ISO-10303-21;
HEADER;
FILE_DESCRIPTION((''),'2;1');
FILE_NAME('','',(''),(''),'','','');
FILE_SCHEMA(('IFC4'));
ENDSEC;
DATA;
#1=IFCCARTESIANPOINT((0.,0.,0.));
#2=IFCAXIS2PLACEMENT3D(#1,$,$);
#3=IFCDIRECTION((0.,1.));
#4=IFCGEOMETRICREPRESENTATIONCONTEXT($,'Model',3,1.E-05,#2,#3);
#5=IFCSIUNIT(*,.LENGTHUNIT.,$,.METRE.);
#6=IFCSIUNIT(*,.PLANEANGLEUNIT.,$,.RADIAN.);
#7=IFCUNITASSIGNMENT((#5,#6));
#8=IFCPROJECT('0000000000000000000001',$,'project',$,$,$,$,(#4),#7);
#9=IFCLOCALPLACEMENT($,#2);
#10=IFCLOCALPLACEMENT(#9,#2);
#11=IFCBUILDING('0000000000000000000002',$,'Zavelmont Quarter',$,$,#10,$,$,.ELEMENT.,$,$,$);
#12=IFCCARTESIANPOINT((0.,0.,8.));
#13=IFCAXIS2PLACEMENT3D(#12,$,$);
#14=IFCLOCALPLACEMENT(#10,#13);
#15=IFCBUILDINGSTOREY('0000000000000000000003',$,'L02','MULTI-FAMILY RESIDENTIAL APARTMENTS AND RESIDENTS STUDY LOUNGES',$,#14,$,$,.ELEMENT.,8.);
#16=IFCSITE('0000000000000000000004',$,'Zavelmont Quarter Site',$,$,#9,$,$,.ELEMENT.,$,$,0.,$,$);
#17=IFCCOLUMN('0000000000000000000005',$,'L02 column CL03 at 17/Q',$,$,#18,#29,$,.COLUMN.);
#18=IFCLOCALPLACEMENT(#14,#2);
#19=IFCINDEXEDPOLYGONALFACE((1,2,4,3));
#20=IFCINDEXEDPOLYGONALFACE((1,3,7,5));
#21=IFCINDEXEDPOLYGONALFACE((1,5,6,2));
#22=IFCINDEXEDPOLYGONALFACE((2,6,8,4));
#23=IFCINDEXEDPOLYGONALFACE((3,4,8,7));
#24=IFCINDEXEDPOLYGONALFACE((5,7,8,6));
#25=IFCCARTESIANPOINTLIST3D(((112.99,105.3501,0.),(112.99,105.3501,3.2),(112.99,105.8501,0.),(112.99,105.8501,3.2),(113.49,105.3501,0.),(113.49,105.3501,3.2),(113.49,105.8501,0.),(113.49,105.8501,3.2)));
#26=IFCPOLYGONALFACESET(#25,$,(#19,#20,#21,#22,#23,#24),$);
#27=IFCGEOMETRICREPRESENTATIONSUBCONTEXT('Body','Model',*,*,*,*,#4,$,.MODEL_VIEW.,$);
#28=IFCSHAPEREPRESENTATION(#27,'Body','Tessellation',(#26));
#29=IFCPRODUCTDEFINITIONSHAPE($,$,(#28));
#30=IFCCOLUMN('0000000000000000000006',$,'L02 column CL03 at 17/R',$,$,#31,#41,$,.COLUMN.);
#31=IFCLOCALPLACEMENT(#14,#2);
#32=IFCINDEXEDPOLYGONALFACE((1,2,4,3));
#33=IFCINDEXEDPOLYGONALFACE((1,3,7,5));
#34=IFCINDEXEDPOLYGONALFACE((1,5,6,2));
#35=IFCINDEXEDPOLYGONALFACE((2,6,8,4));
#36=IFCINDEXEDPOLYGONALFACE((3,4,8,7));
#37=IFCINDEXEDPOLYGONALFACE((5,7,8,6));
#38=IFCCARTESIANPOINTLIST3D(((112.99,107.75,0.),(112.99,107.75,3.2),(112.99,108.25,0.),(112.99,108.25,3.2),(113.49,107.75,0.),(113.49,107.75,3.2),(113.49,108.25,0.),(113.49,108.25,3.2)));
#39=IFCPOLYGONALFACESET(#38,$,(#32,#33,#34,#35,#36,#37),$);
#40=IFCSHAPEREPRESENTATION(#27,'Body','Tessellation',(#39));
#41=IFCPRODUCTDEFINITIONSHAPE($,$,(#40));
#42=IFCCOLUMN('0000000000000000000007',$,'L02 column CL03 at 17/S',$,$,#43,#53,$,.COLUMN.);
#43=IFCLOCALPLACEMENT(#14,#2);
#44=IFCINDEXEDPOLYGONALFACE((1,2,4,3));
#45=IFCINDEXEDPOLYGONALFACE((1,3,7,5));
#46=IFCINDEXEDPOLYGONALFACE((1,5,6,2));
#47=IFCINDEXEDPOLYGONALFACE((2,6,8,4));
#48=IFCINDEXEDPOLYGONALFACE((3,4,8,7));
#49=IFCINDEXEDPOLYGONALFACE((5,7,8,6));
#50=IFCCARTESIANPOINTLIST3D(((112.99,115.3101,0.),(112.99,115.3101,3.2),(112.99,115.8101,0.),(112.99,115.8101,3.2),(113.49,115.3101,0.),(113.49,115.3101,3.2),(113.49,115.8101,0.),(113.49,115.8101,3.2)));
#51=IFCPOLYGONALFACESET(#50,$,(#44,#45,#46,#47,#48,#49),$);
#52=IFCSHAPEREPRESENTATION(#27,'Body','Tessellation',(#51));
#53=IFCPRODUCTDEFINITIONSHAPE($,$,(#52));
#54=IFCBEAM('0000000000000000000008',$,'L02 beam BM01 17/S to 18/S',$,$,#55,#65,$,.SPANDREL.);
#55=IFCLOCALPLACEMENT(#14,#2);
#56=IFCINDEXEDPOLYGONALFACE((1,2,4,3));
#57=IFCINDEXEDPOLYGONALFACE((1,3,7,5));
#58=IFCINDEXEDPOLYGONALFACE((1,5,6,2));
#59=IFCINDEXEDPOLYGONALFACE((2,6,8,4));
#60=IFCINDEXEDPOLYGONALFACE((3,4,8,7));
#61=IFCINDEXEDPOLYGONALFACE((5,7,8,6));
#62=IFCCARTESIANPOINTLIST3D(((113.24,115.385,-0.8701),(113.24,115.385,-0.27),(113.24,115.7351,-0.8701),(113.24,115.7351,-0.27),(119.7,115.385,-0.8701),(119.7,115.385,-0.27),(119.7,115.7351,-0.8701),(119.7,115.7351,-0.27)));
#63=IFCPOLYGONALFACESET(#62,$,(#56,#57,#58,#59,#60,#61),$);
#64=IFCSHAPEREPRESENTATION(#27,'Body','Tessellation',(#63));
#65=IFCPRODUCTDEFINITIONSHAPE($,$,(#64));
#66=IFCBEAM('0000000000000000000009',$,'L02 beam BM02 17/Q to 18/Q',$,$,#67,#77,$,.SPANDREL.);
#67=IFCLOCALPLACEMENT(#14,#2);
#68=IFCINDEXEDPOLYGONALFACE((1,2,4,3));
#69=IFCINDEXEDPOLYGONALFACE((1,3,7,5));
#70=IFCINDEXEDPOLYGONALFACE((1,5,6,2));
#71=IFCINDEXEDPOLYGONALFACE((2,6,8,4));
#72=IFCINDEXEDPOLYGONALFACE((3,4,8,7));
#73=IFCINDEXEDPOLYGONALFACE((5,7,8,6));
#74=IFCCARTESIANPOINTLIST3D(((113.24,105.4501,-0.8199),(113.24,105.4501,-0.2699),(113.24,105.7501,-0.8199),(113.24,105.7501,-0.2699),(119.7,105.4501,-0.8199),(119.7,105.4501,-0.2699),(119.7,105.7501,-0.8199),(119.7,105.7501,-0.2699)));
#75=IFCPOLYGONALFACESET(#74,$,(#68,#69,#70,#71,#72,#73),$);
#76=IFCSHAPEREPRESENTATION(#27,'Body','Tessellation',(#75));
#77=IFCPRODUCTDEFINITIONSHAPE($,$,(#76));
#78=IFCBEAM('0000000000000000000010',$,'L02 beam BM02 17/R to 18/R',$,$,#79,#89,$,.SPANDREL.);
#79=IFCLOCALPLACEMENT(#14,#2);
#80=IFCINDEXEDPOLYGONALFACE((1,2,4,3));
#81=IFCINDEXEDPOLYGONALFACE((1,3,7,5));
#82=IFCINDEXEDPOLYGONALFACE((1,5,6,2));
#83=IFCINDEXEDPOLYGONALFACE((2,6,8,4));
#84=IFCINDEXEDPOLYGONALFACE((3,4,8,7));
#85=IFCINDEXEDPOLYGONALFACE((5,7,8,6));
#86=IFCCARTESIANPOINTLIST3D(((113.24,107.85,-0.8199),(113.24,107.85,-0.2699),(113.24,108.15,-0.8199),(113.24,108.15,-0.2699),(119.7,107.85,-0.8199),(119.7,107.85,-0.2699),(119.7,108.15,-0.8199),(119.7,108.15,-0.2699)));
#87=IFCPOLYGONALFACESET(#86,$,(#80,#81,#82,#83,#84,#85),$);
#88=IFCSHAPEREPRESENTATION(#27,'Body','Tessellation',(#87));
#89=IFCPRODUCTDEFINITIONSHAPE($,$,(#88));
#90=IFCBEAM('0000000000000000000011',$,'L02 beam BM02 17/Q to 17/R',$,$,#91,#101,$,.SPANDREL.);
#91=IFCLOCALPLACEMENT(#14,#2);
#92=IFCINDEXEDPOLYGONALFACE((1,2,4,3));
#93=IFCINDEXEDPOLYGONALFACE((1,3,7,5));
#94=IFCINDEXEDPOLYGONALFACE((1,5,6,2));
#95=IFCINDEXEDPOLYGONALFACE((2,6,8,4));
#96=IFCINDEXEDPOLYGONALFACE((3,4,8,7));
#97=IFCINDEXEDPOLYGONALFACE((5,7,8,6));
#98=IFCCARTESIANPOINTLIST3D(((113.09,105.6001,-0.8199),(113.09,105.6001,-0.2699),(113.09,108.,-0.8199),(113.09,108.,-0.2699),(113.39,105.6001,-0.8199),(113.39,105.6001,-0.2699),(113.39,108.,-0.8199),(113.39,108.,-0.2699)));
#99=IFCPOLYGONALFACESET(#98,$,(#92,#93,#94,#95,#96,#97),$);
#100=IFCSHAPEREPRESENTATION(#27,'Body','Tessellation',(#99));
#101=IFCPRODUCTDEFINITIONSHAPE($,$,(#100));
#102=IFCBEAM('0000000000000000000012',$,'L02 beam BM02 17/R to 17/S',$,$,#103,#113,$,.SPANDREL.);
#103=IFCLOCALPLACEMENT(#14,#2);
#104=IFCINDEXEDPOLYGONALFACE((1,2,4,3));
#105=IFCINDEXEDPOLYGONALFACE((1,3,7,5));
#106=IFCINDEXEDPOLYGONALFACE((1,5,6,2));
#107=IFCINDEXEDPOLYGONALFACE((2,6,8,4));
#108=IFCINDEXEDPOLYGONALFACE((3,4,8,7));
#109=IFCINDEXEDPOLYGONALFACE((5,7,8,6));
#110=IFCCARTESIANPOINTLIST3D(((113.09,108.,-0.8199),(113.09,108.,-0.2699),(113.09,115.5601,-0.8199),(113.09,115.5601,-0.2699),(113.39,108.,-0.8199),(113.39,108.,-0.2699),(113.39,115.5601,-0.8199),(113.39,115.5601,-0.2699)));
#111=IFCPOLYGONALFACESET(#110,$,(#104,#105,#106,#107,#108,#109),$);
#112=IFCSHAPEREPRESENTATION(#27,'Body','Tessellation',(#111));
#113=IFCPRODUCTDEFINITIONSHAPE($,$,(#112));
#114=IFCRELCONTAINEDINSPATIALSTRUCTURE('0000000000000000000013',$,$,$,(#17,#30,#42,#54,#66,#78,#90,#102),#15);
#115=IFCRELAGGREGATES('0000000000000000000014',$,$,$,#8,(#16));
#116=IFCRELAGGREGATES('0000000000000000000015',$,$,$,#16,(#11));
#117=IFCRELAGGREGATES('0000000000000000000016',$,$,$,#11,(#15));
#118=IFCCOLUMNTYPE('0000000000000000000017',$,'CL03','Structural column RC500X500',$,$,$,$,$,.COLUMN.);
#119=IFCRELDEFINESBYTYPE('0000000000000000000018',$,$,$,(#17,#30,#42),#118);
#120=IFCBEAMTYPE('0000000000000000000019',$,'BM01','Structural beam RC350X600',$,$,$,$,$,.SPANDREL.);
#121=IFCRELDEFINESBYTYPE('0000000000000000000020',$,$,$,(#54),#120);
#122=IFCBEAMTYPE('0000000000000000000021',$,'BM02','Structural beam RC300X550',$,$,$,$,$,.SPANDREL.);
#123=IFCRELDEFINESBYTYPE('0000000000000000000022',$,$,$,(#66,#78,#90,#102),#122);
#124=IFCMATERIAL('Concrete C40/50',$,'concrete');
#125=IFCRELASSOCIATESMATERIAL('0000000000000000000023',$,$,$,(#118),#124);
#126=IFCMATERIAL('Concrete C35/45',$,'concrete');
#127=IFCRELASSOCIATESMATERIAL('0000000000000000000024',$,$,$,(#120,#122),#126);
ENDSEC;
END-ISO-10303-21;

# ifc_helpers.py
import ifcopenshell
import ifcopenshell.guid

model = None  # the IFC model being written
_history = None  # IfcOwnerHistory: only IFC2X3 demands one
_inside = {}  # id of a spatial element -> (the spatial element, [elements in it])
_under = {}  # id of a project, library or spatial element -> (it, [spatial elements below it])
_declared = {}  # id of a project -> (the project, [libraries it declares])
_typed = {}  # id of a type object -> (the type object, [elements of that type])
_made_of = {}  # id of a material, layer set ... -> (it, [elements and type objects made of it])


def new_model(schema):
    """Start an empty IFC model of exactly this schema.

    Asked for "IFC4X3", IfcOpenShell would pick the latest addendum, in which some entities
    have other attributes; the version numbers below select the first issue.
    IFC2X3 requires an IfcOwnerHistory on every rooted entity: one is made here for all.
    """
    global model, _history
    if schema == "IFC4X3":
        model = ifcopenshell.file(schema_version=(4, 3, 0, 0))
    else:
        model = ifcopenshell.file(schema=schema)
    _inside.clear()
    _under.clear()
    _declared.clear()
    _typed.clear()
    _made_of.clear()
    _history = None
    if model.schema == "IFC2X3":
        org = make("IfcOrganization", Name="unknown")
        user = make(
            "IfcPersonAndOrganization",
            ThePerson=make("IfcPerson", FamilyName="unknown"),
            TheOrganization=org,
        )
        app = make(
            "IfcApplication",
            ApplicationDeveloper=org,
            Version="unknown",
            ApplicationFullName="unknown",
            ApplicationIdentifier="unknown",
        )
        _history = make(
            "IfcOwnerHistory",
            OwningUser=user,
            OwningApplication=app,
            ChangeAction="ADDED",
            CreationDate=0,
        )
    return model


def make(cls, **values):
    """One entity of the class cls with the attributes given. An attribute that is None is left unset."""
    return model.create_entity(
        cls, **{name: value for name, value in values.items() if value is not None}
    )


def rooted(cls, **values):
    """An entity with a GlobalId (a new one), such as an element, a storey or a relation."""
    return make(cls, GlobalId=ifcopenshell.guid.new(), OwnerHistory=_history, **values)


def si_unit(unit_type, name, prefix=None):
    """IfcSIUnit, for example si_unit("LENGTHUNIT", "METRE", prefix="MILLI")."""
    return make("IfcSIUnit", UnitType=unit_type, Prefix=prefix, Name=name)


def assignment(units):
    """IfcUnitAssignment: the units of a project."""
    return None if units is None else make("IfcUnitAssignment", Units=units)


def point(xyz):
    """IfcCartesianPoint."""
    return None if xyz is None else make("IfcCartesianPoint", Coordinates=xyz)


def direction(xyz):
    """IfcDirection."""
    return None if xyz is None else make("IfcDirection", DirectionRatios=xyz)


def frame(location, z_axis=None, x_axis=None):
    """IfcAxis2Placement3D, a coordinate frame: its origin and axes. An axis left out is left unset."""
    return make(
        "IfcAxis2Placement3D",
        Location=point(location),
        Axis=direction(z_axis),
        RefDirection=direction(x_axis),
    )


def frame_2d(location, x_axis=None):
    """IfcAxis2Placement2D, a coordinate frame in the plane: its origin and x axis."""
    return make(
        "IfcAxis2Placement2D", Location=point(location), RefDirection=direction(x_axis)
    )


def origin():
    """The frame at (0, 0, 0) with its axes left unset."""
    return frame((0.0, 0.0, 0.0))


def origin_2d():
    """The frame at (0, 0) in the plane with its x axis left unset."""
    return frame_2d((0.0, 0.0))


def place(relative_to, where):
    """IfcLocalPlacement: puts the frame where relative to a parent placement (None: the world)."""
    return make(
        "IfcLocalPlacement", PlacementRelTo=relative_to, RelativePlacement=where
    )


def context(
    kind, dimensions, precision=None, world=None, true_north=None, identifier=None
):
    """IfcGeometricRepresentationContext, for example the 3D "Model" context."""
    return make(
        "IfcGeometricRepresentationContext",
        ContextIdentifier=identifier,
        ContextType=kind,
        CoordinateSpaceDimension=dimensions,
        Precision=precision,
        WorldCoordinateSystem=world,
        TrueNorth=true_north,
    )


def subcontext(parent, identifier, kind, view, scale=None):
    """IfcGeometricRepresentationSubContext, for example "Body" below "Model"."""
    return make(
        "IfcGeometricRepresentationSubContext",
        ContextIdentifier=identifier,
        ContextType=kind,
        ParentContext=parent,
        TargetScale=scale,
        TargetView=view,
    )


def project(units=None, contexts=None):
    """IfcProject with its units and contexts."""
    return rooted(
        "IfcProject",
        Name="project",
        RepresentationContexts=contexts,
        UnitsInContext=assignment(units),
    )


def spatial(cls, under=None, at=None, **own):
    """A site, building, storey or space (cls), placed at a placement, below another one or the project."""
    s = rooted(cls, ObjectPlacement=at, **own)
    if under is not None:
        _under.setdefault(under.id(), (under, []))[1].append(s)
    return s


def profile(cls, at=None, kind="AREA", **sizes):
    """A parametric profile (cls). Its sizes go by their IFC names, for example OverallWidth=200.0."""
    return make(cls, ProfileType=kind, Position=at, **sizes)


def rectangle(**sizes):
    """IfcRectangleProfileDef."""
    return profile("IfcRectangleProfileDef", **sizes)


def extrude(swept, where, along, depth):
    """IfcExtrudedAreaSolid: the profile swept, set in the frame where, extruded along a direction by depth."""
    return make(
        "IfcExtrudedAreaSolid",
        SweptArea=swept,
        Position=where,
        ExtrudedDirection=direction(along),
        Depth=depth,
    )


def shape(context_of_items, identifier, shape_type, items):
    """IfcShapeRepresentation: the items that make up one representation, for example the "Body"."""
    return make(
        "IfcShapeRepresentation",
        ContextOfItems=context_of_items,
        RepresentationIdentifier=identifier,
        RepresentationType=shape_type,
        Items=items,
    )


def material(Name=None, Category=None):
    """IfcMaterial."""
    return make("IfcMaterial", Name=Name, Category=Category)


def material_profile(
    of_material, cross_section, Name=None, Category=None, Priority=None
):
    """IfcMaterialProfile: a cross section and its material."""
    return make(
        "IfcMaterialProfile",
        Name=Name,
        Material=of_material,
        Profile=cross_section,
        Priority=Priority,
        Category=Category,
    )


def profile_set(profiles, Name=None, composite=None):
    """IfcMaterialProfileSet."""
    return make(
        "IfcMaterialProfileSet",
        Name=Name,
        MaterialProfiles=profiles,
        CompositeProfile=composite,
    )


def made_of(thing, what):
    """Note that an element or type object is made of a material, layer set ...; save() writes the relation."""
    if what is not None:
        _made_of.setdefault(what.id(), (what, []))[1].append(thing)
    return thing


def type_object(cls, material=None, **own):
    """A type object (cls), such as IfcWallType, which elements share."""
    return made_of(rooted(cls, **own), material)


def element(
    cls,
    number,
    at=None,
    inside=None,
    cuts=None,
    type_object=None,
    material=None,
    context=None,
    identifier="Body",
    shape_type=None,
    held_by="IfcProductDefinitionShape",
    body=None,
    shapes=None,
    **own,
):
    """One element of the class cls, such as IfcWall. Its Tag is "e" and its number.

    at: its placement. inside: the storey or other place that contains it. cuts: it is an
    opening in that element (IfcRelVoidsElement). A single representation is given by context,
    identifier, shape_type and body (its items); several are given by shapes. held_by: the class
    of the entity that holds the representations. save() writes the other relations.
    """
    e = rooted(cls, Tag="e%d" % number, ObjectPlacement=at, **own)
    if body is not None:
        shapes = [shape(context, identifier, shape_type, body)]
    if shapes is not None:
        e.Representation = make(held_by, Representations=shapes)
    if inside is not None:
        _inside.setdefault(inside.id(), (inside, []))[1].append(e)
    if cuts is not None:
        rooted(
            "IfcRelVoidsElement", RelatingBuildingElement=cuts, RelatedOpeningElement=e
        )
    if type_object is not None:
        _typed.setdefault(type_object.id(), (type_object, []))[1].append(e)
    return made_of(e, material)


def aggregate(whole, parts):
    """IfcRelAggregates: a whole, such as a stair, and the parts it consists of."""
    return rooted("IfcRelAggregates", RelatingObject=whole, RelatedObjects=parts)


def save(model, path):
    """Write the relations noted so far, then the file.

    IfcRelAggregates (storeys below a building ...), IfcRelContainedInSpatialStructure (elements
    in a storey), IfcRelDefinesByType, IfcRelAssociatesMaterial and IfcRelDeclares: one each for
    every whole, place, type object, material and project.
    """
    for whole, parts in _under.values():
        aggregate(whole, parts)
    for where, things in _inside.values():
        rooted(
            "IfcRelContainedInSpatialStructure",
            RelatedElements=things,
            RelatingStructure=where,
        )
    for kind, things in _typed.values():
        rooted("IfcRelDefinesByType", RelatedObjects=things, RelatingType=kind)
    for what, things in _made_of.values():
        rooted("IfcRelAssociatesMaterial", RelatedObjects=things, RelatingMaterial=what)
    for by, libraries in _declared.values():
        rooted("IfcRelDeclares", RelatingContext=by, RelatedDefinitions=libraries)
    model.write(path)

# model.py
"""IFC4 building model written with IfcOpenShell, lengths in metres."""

from ifc_helpers import new_model, si_unit, direction, frame, origin, origin_2d, place, context, subcontext, project, spatial, rectangle, extrude, material, material_profile, profile_set, type_object, element, save


model = new_model("IFC4")

# Units and contexts
model_context = context("Model", 3, precision=1e-05, world=origin(), true_north=direction((0.0, 1.0)))
body_context = subcontext(model_context, "Body", "Model", "MODEL_VIEW")
ifc_project = project(units=[si_unit("LENGTHUNIT", "METRE"), si_unit("PLANEANGLEUNIT", "RADIAN")], contexts=[model_context])

# Site, building, storey
site_placement = place(None, origin())
site = spatial("IfcSite", under=ifc_project, at=site_placement, Name="Zavelmont Quarter Site", CompositionType="ELEMENT", RefElevation=0.0)
building_placement = place(site_placement, origin())
building = spatial("IfcBuilding", under=site, at=building_placement, Name="Zavelmont Quarter", CompositionType="ELEMENT")
storey_placement = place(building_placement, frame((0.0, 0.0, 8.0)))
storey = spatial("IfcBuildingStorey", under=building, at=storey_placement, Name="L02", Description="MULTI-FAMILY RESIDENTIAL APARTMENTS AND RESIDENTS STUDY LOUNGES", CompositionType="ELEMENT", Elevation=8.0)

# Columns
ifc_material_1 = material(Name="Concrete C40/50", Category="concrete")
ifc_material_profile_1 = material_profile(ifc_material_1, rectangle(XDim=0.5, YDim=0.5, at=origin_2d()), Name="RC500X500")
ifc_profile_set_1 = profile_set([ifc_material_profile_1], Name="Concrete C40/50")
column_type = type_object("IfcColumnType", Name="CL03", Description="Structural column RC500X500", PredefinedType="COLUMN", material=ifc_profile_set_1)
for number, where, z_axis, x_axis, name in (
    (1, (113.24, 105.6001, 0.0), (0.0, 0.0, 1.0), (1.0, 0.0, 0.0), "L02 column CL03 at 17/Q"),
    (2, (113.24, 108.0, 0.0), (0.0, 0.0, 1.0), (1.0, 0.0, 0.0), "L02 column CL03 at 17/R"),
    (3, (113.24, 115.5601, 0.0), (0.0, 0.0, 1.0), (1.0, 0.0, 0.0), "L02 column CL03 at 17/S"),
):
    element("IfcColumn", number, at=place(storey_placement, frame(where, z_axis=z_axis, x_axis=x_axis)), inside=storey, type_object=column_type, Name=name, PredefinedType="COLUMN", context=body_context, shape_type="SweptSolid", body=[
        extrude(rectangle(XDim=0.5, YDim=0.5, at=origin_2d()), origin(), (0.0, 0.0, 1.0), 3.2),
    ])

# Beams
ifc_material_2 = material(Name="Concrete C35/45", Category="concrete")
ifc_material_profile_2 = material_profile(ifc_material_2, rectangle(XDim=0.3501, YDim=0.6001, at=origin_2d()), Name="RC350X600")
ifc_profile_set_2 = profile_set([ifc_material_profile_2], Name="Concrete C35/45")
beam_type_1 = type_object("IfcBeamType", Name="BM01", Description="Structural beam RC350X600", PredefinedType="SPANDREL", material=ifc_profile_set_2)
beam_1_placement = place(storey_placement, frame((113.24, 115.5601, -0.5701), z_axis=(1.0, 0.0, 0.0), x_axis=(0.0, 1.0, 0.0)))
element("IfcBeam", 4, at=beam_1_placement, inside=storey, type_object=beam_type_1, Name="L02 beam BM01 17/S to 18/S", PredefinedType="SPANDREL", context=body_context, shape_type="SweptSolid", body=[
    extrude(rectangle(XDim=0.3501, YDim=0.6001, at=origin_2d()), origin(), (0.0, 0.0, 1.0), 6.46),
])
ifc_material_profile_3 = material_profile(ifc_material_2, rectangle(XDim=0.3, YDim=0.55, at=origin_2d()), Name="RC300X550")
ifc_profile_set_3 = profile_set([ifc_material_profile_3], Name="Concrete C35/45")
beam_type_2 = type_object("IfcBeamType", Name="BM02", Description="Structural beam RC300X550", PredefinedType="SPANDREL", material=ifc_profile_set_3)
for number, where, z_axis, x_axis, name in (
    (5, (113.24, 105.6001, -0.5449), (1.0, 0.0, 0.0), (0.0, 1.0, 0.0), "L02 beam BM02 17/Q to 18/Q"),
    (6, (113.24, 108.0, -0.5449), (1.0, 0.0, 0.0), (0.0, 1.0, 0.0), "L02 beam BM02 17/R to 18/R"),
):
    element("IfcBeam", number, at=place(storey_placement, frame(where, z_axis=z_axis, x_axis=x_axis)), inside=storey, type_object=beam_type_2, Name=name, PredefinedType="SPANDREL", context=body_context, shape_type="SweptSolid", body=[
        extrude(rectangle(XDim=0.3, YDim=0.55, at=origin_2d()), origin(), (0.0, 0.0, 1.0), 6.46),
    ])
beam_2_placement = place(storey_placement, frame((113.24, 105.6001, -0.5449), z_axis=(0.0, 1.0, 0.0), x_axis=(-1.0, 0.0, 0.0)))
element("IfcBeam", 7, at=beam_2_placement, inside=storey, type_object=beam_type_2, Name="L02 beam BM02 17/Q to 17/R", PredefinedType="SPANDREL", context=body_context, shape_type="SweptSolid", body=[
    extrude(rectangle(XDim=0.3, YDim=0.55, at=origin_2d()), origin(), (0.0, 0.0, 1.0), 2.3999),
])
beam_3_placement = place(storey_placement, frame((113.24, 108.0, -0.5449), z_axis=(0.0, 1.0, 0.0), x_axis=(-1.0, 0.0, 0.0)))
element("IfcBeam", 8, at=beam_3_placement, inside=storey, type_object=beam_type_2, Name="L02 beam BM02 17/R to 17/S", PredefinedType="SPANDREL", context=body_context, shape_type="SweptSolid", body=[
    extrude(rectangle(XDim=0.3, YDim=0.55, at=origin_2d()), origin(), (0.0, 0.0, 1.0), 7.5601),
])

save(model, "model.ifc")
